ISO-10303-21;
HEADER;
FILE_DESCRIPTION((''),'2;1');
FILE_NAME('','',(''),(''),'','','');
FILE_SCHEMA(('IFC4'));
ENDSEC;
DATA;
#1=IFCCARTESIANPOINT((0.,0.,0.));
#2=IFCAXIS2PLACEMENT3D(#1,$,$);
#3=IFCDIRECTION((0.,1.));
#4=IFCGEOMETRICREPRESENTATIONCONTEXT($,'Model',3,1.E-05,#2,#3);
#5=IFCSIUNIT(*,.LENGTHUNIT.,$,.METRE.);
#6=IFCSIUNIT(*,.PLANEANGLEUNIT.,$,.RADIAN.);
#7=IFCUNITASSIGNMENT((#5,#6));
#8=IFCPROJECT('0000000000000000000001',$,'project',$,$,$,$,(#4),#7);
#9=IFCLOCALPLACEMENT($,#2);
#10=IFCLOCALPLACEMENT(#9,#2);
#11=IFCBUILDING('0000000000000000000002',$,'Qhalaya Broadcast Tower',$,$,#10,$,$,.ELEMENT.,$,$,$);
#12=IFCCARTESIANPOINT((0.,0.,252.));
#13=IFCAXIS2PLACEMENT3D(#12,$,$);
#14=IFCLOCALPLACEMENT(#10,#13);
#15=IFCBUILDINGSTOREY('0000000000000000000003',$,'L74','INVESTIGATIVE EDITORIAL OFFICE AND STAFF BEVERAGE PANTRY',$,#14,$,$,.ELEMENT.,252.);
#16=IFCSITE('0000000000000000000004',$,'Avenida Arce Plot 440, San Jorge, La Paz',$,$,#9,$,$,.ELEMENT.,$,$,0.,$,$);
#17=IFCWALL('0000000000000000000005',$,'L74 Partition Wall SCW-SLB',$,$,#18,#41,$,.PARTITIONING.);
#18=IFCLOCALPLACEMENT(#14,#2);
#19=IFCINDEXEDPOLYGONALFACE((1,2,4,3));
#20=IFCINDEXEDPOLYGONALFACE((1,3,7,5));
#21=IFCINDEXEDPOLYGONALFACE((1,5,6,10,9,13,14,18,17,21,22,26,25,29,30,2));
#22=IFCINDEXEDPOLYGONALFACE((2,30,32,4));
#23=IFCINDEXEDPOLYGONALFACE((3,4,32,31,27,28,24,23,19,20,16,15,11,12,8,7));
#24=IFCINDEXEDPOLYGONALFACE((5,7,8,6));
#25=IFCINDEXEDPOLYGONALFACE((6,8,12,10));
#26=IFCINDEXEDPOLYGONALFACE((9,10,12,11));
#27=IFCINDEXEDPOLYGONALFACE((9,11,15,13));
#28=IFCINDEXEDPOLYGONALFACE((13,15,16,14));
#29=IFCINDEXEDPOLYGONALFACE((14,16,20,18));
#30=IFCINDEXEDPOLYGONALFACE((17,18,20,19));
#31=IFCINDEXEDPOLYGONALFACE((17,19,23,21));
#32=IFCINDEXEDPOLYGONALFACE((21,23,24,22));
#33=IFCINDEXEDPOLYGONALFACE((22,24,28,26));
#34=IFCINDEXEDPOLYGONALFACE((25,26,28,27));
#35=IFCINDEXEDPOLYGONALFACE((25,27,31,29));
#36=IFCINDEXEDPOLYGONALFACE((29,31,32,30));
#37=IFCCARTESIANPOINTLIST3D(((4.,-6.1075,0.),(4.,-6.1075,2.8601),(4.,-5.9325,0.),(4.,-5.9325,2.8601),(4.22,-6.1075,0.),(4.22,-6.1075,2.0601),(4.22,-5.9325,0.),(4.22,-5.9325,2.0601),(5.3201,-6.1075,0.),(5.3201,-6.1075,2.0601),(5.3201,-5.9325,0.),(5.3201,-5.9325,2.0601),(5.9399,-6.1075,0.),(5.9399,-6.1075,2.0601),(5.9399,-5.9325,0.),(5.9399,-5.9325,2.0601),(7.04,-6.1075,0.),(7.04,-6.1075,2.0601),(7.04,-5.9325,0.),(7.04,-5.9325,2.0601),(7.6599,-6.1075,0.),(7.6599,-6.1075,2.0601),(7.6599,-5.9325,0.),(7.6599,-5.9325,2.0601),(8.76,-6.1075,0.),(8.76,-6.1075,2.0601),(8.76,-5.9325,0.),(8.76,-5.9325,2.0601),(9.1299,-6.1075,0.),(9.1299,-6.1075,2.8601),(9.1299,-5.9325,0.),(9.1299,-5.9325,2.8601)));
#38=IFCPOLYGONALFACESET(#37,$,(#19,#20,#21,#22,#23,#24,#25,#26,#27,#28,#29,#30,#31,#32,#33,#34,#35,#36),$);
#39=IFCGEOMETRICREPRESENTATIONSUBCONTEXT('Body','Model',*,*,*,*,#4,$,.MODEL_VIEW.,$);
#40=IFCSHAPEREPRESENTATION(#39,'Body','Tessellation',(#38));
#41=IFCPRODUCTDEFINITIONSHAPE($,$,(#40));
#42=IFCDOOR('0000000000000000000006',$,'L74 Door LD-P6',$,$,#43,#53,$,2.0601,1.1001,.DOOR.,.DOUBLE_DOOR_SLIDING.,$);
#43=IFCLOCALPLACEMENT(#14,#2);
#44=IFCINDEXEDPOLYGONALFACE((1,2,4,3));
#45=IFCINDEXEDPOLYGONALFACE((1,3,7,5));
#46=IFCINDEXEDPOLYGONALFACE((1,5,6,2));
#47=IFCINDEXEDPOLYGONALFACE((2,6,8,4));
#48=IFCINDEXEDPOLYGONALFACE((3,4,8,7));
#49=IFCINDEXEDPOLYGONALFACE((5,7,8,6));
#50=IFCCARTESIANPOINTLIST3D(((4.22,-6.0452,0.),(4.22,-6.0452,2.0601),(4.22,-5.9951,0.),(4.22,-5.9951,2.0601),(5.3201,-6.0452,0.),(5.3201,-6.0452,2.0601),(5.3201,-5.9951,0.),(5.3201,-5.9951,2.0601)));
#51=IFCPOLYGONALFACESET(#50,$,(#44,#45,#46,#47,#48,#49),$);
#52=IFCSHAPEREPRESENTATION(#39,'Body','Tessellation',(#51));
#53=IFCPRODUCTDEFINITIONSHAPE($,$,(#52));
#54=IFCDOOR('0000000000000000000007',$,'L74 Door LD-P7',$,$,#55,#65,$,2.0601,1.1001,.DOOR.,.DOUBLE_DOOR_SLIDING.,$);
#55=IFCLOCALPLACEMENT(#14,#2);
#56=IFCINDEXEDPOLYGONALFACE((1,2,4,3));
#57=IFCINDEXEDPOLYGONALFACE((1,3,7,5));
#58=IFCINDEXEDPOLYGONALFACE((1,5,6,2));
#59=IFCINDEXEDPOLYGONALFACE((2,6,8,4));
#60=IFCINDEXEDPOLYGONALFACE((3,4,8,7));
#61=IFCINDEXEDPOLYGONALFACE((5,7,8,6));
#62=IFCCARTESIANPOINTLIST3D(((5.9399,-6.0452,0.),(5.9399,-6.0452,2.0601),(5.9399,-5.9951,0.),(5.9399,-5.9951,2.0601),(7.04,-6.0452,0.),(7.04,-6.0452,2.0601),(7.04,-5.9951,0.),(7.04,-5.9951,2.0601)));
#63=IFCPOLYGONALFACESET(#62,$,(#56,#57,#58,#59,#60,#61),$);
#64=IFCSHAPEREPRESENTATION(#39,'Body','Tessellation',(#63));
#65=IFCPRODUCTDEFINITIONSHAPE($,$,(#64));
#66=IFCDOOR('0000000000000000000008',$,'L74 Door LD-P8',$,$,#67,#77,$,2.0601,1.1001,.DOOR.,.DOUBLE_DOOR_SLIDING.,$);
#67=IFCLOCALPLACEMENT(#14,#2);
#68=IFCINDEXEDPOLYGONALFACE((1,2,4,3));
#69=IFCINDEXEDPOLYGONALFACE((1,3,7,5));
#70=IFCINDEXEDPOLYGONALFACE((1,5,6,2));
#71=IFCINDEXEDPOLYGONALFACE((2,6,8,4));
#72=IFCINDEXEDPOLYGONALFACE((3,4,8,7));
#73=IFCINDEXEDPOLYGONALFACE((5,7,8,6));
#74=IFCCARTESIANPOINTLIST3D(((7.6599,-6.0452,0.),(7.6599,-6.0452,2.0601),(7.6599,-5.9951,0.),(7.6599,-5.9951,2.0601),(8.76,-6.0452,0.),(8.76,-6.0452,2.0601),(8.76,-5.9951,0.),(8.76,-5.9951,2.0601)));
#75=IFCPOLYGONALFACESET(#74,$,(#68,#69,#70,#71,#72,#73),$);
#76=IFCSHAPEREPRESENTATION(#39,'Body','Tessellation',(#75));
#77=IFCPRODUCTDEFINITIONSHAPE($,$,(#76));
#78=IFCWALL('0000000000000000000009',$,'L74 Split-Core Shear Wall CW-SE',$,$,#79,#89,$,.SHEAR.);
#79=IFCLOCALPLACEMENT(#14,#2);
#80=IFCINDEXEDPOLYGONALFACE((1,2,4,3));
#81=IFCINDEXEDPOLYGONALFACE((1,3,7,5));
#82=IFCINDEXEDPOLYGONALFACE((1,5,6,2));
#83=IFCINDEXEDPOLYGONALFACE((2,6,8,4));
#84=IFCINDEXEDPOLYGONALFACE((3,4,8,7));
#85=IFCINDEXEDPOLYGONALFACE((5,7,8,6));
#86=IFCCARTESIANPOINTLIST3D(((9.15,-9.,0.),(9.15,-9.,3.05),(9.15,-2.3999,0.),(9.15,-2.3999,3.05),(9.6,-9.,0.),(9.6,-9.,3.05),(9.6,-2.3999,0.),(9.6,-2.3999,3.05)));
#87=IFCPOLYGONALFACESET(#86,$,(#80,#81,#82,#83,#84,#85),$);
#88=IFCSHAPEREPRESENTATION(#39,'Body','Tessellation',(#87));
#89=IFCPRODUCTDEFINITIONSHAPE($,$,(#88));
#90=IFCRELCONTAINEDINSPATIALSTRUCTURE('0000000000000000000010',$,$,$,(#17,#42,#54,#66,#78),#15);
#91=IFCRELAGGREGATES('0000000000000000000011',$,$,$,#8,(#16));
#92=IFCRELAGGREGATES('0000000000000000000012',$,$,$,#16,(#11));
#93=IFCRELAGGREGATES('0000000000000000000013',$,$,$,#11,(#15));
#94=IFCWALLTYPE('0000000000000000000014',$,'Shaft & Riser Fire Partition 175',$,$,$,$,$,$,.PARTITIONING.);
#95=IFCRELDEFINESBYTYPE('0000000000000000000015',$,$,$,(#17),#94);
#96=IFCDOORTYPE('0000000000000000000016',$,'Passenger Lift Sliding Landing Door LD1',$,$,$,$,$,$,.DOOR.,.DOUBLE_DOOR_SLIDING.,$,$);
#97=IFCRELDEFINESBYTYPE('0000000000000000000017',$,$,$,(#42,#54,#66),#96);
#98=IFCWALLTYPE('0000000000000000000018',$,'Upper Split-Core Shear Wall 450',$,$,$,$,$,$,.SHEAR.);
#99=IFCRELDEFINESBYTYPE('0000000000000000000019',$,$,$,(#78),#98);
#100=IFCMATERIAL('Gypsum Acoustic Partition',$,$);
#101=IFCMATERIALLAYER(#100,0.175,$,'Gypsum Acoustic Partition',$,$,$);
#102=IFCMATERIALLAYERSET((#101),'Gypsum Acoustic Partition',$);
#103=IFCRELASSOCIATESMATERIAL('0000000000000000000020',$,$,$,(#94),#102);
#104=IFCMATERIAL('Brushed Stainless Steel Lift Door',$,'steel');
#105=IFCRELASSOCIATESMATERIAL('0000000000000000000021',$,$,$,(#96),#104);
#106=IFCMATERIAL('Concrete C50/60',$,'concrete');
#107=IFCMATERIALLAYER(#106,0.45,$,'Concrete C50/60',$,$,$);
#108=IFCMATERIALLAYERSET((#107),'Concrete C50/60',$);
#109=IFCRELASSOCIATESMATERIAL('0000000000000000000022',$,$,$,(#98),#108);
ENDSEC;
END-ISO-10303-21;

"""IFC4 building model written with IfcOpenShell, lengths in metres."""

from ifc_helpers import new_model, si_unit, direction, frame, frame_2d, origin, place, context, subcontext, project, spatial, rectangle, extrude, material, layer, layer_set, type_object, element, fill, save


model = new_model("IFC4")

# Units and contexts
model_context = context("Model", 3, precision=1e-05, world=origin(), true_north=direction((0.0, 1.0)))
body_context = subcontext(model_context, "Body", "Model", "MODEL_VIEW")
ifc_project = project(units=[si_unit("LENGTHUNIT", "METRE"), si_unit("PLANEANGLEUNIT", "RADIAN")], contexts=[model_context])

# Site, building, storey
site_placement = place(None, origin())
site = spatial("IfcSite", under=ifc_project, at=site_placement, Name="Avenida Arce Plot 440, San Jorge, La Paz", CompositionType="ELEMENT", RefElevation=0.0)
building_placement = place(site_placement, origin())
building = spatial("IfcBuilding", under=site, at=building_placement, Name="Qhalaya Broadcast Tower", CompositionType="ELEMENT")
storey_placement = place(building_placement, frame((0.0, 0.0, 252.0)))
storey = spatial("IfcBuildingStorey", under=building, at=storey_placement, Name="L74", Description="INVESTIGATIVE EDITORIAL OFFICE AND STAFF BEVERAGE PANTRY", CompositionType="ELEMENT", Elevation=252.0)

# Shared definitions
ifc_material_1 = material(Name="Gypsum Acoustic Partition")

# Shared definitions
ifc_layer_1 = layer(ifc_material_1, 0.175, Name="Gypsum Acoustic Partition")
ifc_layer_set_1 = layer_set([ifc_layer_1], Name="Gypsum Acoustic Partition")
wall_type_1 = type_object("IfcWallType", Name="Shaft & Riser Fire Partition 175", PredefinedType="PARTITIONING", material=ifc_layer_set_1)

# Wall, openings, doors
wall_1_placement = place(storey_placement, frame((4.0, -6.02, 0.0), z_axis=(0.0, 0.0, 1.0), x_axis=(1.0, 0.0, 0.0)))
wall_1 = element("IfcWall", 1, at=wall_1_placement, inside=storey, type_object=wall_type_1, Name="L74 Partition Wall SCW-SLB", PredefinedType="PARTITIONING", context=body_context, shape_type="SweptSolid", body=[
    extrude(rectangle(XDim=5.1299, YDim=0.175, at=frame_2d((2.5649, 0.0))), origin(), (0.0, 0.0, 1.0), 2.8601),
])
opening_1_placement = place(wall_1_placement, frame((0.22, 0.0, 0.0)))
opening_1 = element("IfcOpeningElement", 2, at=opening_1_placement, cuts=wall_1, PredefinedType="OPENING", context=body_context, shape_type="SweptSolid", body=[
    extrude(rectangle(XDim=1.1001, YDim=2.0601, at=frame_2d((0.55, 1.03))), frame((0.0, 0.0996, 0.0), z_axis=(0.0, -1.0, 0.0), x_axis=(1.0, 0.0, 0.0)), (0.0, 0.0, 1.0), 0.199),
])
opening_2_placement = place(wall_1_placement, frame((1.9399, 0.0, 0.0)))
opening_2 = element("IfcOpeningElement", 3, at=opening_2_placement, cuts=wall_1, PredefinedType="OPENING", context=body_context, shape_type="SweptSolid", body=[
    extrude(rectangle(XDim=1.1001, YDim=2.0601, at=frame_2d((0.55, 1.03))), frame((0.0, 0.0996, 0.0), z_axis=(0.0, -1.0, 0.0), x_axis=(1.0, 0.0, 0.0)), (0.0, 0.0, 1.0), 0.199),
])
opening_3_placement = place(wall_1_placement, frame((3.6599, 0.0, 0.0)))
opening_3 = element("IfcOpeningElement", 4, at=opening_3_placement, cuts=wall_1, PredefinedType="OPENING", context=body_context, shape_type="SweptSolid", body=[
    extrude(rectangle(XDim=1.1001, YDim=2.0601, at=frame_2d((0.55, 1.03))), frame((0.0, 0.0996, 0.0), z_axis=(0.0, -1.0, 0.0), x_axis=(1.0, 0.0, 0.0)), (0.0, 0.0, 1.0), 0.199),
])
ifc_material_2 = material(Name="Brushed Stainless Steel Lift Door", Category="steel")
door_type_1 = type_object("IfcDoorType", Name="Passenger Lift Sliding Landing Door LD1", OperationType="DOUBLE_DOOR_SLIDING", PredefinedType="DOOR", material=ifc_material_2)
door_1_placement = place(opening_1_placement, origin())
door_1 = element("IfcDoor", 5, at=door_1_placement, inside=storey, type_object=door_type_1, Name="L74 Door LD-P6", OperationType="DOUBLE_DOOR_SLIDING", OverallHeight=2.0601, OverallWidth=1.1001, PredefinedType="DOOR", context=body_context, shape_type="SweptSolid", body=[
    extrude(rectangle(XDim=1.1001, YDim=2.0601, at=frame_2d((0.55, 1.03))), frame((0.0, 0.0249, 0.0), z_axis=(0.0, -1.0, 0.0), x_axis=(1.0, 0.0, 0.0)), (0.0, 0.0, 1.0), 0.05),
])
fill(opening_1, door_1)
door_2_placement = place(opening_2_placement, origin())
door_2 = element("IfcDoor", 6, at=door_2_placement, inside=storey, type_object=door_type_1, Name="L74 Door LD-P7", OperationType="DOUBLE_DOOR_SLIDING", OverallHeight=2.0601, OverallWidth=1.1001, PredefinedType="DOOR", context=body_context, shape_type="SweptSolid", body=[
    extrude(rectangle(XDim=1.1001, YDim=2.0601, at=frame_2d((0.55, 1.03))), frame((0.0, 0.0249, 0.0), z_axis=(0.0, -1.0, 0.0), x_axis=(1.0, 0.0, 0.0)), (0.0, 0.0, 1.0), 0.05),
])
fill(opening_2, door_2)
door_3_placement = place(opening_3_placement, origin())
door_3 = element("IfcDoor", 7, at=door_3_placement, inside=storey, type_object=door_type_1, Name="L74 Door LD-P8", OperationType="DOUBLE_DOOR_SLIDING", OverallHeight=2.0601, OverallWidth=1.1001, PredefinedType="DOOR", context=body_context, shape_type="SweptSolid", body=[
    extrude(rectangle(XDim=1.1001, YDim=2.0601, at=frame_2d((0.55, 1.03))), frame((0.0, 0.0249, 0.0), z_axis=(0.0, -1.0, 0.0), x_axis=(1.0, 0.0, 0.0)), (0.0, 0.0, 1.0), 0.05),
])
fill(opening_3, door_3)

# Wall
ifc_material_3 = material(Name="Concrete C50/60", Category="concrete")
ifc_layer_2 = layer(ifc_material_3, 0.45, Name="Concrete C50/60")
ifc_layer_set_2 = layer_set([ifc_layer_2], Name="Concrete C50/60")
wall_type_2 = type_object("IfcWallType", Name="Upper Split-Core Shear Wall 450", PredefinedType="SHEAR", material=ifc_layer_set_2)
wall_2_placement = place(storey_placement, frame((9.375, -9.0, 0.0), z_axis=(0.0, 0.0, 1.0), x_axis=(0.0, 1.0, 0.0)))
element("IfcWall", 8, at=wall_2_placement, inside=storey, type_object=wall_type_2, Name="L74 Split-Core Shear Wall CW-SE", PredefinedType="SHEAR", context=body_context, shape_type="SweptSolid", body=[
    extrude(rectangle(XDim=6.6001, YDim=0.45, at=frame_2d((3.3, 0.0))), origin(), (0.0, 0.0, 1.0), 3.05),
])

save(model, "model.ifc")
